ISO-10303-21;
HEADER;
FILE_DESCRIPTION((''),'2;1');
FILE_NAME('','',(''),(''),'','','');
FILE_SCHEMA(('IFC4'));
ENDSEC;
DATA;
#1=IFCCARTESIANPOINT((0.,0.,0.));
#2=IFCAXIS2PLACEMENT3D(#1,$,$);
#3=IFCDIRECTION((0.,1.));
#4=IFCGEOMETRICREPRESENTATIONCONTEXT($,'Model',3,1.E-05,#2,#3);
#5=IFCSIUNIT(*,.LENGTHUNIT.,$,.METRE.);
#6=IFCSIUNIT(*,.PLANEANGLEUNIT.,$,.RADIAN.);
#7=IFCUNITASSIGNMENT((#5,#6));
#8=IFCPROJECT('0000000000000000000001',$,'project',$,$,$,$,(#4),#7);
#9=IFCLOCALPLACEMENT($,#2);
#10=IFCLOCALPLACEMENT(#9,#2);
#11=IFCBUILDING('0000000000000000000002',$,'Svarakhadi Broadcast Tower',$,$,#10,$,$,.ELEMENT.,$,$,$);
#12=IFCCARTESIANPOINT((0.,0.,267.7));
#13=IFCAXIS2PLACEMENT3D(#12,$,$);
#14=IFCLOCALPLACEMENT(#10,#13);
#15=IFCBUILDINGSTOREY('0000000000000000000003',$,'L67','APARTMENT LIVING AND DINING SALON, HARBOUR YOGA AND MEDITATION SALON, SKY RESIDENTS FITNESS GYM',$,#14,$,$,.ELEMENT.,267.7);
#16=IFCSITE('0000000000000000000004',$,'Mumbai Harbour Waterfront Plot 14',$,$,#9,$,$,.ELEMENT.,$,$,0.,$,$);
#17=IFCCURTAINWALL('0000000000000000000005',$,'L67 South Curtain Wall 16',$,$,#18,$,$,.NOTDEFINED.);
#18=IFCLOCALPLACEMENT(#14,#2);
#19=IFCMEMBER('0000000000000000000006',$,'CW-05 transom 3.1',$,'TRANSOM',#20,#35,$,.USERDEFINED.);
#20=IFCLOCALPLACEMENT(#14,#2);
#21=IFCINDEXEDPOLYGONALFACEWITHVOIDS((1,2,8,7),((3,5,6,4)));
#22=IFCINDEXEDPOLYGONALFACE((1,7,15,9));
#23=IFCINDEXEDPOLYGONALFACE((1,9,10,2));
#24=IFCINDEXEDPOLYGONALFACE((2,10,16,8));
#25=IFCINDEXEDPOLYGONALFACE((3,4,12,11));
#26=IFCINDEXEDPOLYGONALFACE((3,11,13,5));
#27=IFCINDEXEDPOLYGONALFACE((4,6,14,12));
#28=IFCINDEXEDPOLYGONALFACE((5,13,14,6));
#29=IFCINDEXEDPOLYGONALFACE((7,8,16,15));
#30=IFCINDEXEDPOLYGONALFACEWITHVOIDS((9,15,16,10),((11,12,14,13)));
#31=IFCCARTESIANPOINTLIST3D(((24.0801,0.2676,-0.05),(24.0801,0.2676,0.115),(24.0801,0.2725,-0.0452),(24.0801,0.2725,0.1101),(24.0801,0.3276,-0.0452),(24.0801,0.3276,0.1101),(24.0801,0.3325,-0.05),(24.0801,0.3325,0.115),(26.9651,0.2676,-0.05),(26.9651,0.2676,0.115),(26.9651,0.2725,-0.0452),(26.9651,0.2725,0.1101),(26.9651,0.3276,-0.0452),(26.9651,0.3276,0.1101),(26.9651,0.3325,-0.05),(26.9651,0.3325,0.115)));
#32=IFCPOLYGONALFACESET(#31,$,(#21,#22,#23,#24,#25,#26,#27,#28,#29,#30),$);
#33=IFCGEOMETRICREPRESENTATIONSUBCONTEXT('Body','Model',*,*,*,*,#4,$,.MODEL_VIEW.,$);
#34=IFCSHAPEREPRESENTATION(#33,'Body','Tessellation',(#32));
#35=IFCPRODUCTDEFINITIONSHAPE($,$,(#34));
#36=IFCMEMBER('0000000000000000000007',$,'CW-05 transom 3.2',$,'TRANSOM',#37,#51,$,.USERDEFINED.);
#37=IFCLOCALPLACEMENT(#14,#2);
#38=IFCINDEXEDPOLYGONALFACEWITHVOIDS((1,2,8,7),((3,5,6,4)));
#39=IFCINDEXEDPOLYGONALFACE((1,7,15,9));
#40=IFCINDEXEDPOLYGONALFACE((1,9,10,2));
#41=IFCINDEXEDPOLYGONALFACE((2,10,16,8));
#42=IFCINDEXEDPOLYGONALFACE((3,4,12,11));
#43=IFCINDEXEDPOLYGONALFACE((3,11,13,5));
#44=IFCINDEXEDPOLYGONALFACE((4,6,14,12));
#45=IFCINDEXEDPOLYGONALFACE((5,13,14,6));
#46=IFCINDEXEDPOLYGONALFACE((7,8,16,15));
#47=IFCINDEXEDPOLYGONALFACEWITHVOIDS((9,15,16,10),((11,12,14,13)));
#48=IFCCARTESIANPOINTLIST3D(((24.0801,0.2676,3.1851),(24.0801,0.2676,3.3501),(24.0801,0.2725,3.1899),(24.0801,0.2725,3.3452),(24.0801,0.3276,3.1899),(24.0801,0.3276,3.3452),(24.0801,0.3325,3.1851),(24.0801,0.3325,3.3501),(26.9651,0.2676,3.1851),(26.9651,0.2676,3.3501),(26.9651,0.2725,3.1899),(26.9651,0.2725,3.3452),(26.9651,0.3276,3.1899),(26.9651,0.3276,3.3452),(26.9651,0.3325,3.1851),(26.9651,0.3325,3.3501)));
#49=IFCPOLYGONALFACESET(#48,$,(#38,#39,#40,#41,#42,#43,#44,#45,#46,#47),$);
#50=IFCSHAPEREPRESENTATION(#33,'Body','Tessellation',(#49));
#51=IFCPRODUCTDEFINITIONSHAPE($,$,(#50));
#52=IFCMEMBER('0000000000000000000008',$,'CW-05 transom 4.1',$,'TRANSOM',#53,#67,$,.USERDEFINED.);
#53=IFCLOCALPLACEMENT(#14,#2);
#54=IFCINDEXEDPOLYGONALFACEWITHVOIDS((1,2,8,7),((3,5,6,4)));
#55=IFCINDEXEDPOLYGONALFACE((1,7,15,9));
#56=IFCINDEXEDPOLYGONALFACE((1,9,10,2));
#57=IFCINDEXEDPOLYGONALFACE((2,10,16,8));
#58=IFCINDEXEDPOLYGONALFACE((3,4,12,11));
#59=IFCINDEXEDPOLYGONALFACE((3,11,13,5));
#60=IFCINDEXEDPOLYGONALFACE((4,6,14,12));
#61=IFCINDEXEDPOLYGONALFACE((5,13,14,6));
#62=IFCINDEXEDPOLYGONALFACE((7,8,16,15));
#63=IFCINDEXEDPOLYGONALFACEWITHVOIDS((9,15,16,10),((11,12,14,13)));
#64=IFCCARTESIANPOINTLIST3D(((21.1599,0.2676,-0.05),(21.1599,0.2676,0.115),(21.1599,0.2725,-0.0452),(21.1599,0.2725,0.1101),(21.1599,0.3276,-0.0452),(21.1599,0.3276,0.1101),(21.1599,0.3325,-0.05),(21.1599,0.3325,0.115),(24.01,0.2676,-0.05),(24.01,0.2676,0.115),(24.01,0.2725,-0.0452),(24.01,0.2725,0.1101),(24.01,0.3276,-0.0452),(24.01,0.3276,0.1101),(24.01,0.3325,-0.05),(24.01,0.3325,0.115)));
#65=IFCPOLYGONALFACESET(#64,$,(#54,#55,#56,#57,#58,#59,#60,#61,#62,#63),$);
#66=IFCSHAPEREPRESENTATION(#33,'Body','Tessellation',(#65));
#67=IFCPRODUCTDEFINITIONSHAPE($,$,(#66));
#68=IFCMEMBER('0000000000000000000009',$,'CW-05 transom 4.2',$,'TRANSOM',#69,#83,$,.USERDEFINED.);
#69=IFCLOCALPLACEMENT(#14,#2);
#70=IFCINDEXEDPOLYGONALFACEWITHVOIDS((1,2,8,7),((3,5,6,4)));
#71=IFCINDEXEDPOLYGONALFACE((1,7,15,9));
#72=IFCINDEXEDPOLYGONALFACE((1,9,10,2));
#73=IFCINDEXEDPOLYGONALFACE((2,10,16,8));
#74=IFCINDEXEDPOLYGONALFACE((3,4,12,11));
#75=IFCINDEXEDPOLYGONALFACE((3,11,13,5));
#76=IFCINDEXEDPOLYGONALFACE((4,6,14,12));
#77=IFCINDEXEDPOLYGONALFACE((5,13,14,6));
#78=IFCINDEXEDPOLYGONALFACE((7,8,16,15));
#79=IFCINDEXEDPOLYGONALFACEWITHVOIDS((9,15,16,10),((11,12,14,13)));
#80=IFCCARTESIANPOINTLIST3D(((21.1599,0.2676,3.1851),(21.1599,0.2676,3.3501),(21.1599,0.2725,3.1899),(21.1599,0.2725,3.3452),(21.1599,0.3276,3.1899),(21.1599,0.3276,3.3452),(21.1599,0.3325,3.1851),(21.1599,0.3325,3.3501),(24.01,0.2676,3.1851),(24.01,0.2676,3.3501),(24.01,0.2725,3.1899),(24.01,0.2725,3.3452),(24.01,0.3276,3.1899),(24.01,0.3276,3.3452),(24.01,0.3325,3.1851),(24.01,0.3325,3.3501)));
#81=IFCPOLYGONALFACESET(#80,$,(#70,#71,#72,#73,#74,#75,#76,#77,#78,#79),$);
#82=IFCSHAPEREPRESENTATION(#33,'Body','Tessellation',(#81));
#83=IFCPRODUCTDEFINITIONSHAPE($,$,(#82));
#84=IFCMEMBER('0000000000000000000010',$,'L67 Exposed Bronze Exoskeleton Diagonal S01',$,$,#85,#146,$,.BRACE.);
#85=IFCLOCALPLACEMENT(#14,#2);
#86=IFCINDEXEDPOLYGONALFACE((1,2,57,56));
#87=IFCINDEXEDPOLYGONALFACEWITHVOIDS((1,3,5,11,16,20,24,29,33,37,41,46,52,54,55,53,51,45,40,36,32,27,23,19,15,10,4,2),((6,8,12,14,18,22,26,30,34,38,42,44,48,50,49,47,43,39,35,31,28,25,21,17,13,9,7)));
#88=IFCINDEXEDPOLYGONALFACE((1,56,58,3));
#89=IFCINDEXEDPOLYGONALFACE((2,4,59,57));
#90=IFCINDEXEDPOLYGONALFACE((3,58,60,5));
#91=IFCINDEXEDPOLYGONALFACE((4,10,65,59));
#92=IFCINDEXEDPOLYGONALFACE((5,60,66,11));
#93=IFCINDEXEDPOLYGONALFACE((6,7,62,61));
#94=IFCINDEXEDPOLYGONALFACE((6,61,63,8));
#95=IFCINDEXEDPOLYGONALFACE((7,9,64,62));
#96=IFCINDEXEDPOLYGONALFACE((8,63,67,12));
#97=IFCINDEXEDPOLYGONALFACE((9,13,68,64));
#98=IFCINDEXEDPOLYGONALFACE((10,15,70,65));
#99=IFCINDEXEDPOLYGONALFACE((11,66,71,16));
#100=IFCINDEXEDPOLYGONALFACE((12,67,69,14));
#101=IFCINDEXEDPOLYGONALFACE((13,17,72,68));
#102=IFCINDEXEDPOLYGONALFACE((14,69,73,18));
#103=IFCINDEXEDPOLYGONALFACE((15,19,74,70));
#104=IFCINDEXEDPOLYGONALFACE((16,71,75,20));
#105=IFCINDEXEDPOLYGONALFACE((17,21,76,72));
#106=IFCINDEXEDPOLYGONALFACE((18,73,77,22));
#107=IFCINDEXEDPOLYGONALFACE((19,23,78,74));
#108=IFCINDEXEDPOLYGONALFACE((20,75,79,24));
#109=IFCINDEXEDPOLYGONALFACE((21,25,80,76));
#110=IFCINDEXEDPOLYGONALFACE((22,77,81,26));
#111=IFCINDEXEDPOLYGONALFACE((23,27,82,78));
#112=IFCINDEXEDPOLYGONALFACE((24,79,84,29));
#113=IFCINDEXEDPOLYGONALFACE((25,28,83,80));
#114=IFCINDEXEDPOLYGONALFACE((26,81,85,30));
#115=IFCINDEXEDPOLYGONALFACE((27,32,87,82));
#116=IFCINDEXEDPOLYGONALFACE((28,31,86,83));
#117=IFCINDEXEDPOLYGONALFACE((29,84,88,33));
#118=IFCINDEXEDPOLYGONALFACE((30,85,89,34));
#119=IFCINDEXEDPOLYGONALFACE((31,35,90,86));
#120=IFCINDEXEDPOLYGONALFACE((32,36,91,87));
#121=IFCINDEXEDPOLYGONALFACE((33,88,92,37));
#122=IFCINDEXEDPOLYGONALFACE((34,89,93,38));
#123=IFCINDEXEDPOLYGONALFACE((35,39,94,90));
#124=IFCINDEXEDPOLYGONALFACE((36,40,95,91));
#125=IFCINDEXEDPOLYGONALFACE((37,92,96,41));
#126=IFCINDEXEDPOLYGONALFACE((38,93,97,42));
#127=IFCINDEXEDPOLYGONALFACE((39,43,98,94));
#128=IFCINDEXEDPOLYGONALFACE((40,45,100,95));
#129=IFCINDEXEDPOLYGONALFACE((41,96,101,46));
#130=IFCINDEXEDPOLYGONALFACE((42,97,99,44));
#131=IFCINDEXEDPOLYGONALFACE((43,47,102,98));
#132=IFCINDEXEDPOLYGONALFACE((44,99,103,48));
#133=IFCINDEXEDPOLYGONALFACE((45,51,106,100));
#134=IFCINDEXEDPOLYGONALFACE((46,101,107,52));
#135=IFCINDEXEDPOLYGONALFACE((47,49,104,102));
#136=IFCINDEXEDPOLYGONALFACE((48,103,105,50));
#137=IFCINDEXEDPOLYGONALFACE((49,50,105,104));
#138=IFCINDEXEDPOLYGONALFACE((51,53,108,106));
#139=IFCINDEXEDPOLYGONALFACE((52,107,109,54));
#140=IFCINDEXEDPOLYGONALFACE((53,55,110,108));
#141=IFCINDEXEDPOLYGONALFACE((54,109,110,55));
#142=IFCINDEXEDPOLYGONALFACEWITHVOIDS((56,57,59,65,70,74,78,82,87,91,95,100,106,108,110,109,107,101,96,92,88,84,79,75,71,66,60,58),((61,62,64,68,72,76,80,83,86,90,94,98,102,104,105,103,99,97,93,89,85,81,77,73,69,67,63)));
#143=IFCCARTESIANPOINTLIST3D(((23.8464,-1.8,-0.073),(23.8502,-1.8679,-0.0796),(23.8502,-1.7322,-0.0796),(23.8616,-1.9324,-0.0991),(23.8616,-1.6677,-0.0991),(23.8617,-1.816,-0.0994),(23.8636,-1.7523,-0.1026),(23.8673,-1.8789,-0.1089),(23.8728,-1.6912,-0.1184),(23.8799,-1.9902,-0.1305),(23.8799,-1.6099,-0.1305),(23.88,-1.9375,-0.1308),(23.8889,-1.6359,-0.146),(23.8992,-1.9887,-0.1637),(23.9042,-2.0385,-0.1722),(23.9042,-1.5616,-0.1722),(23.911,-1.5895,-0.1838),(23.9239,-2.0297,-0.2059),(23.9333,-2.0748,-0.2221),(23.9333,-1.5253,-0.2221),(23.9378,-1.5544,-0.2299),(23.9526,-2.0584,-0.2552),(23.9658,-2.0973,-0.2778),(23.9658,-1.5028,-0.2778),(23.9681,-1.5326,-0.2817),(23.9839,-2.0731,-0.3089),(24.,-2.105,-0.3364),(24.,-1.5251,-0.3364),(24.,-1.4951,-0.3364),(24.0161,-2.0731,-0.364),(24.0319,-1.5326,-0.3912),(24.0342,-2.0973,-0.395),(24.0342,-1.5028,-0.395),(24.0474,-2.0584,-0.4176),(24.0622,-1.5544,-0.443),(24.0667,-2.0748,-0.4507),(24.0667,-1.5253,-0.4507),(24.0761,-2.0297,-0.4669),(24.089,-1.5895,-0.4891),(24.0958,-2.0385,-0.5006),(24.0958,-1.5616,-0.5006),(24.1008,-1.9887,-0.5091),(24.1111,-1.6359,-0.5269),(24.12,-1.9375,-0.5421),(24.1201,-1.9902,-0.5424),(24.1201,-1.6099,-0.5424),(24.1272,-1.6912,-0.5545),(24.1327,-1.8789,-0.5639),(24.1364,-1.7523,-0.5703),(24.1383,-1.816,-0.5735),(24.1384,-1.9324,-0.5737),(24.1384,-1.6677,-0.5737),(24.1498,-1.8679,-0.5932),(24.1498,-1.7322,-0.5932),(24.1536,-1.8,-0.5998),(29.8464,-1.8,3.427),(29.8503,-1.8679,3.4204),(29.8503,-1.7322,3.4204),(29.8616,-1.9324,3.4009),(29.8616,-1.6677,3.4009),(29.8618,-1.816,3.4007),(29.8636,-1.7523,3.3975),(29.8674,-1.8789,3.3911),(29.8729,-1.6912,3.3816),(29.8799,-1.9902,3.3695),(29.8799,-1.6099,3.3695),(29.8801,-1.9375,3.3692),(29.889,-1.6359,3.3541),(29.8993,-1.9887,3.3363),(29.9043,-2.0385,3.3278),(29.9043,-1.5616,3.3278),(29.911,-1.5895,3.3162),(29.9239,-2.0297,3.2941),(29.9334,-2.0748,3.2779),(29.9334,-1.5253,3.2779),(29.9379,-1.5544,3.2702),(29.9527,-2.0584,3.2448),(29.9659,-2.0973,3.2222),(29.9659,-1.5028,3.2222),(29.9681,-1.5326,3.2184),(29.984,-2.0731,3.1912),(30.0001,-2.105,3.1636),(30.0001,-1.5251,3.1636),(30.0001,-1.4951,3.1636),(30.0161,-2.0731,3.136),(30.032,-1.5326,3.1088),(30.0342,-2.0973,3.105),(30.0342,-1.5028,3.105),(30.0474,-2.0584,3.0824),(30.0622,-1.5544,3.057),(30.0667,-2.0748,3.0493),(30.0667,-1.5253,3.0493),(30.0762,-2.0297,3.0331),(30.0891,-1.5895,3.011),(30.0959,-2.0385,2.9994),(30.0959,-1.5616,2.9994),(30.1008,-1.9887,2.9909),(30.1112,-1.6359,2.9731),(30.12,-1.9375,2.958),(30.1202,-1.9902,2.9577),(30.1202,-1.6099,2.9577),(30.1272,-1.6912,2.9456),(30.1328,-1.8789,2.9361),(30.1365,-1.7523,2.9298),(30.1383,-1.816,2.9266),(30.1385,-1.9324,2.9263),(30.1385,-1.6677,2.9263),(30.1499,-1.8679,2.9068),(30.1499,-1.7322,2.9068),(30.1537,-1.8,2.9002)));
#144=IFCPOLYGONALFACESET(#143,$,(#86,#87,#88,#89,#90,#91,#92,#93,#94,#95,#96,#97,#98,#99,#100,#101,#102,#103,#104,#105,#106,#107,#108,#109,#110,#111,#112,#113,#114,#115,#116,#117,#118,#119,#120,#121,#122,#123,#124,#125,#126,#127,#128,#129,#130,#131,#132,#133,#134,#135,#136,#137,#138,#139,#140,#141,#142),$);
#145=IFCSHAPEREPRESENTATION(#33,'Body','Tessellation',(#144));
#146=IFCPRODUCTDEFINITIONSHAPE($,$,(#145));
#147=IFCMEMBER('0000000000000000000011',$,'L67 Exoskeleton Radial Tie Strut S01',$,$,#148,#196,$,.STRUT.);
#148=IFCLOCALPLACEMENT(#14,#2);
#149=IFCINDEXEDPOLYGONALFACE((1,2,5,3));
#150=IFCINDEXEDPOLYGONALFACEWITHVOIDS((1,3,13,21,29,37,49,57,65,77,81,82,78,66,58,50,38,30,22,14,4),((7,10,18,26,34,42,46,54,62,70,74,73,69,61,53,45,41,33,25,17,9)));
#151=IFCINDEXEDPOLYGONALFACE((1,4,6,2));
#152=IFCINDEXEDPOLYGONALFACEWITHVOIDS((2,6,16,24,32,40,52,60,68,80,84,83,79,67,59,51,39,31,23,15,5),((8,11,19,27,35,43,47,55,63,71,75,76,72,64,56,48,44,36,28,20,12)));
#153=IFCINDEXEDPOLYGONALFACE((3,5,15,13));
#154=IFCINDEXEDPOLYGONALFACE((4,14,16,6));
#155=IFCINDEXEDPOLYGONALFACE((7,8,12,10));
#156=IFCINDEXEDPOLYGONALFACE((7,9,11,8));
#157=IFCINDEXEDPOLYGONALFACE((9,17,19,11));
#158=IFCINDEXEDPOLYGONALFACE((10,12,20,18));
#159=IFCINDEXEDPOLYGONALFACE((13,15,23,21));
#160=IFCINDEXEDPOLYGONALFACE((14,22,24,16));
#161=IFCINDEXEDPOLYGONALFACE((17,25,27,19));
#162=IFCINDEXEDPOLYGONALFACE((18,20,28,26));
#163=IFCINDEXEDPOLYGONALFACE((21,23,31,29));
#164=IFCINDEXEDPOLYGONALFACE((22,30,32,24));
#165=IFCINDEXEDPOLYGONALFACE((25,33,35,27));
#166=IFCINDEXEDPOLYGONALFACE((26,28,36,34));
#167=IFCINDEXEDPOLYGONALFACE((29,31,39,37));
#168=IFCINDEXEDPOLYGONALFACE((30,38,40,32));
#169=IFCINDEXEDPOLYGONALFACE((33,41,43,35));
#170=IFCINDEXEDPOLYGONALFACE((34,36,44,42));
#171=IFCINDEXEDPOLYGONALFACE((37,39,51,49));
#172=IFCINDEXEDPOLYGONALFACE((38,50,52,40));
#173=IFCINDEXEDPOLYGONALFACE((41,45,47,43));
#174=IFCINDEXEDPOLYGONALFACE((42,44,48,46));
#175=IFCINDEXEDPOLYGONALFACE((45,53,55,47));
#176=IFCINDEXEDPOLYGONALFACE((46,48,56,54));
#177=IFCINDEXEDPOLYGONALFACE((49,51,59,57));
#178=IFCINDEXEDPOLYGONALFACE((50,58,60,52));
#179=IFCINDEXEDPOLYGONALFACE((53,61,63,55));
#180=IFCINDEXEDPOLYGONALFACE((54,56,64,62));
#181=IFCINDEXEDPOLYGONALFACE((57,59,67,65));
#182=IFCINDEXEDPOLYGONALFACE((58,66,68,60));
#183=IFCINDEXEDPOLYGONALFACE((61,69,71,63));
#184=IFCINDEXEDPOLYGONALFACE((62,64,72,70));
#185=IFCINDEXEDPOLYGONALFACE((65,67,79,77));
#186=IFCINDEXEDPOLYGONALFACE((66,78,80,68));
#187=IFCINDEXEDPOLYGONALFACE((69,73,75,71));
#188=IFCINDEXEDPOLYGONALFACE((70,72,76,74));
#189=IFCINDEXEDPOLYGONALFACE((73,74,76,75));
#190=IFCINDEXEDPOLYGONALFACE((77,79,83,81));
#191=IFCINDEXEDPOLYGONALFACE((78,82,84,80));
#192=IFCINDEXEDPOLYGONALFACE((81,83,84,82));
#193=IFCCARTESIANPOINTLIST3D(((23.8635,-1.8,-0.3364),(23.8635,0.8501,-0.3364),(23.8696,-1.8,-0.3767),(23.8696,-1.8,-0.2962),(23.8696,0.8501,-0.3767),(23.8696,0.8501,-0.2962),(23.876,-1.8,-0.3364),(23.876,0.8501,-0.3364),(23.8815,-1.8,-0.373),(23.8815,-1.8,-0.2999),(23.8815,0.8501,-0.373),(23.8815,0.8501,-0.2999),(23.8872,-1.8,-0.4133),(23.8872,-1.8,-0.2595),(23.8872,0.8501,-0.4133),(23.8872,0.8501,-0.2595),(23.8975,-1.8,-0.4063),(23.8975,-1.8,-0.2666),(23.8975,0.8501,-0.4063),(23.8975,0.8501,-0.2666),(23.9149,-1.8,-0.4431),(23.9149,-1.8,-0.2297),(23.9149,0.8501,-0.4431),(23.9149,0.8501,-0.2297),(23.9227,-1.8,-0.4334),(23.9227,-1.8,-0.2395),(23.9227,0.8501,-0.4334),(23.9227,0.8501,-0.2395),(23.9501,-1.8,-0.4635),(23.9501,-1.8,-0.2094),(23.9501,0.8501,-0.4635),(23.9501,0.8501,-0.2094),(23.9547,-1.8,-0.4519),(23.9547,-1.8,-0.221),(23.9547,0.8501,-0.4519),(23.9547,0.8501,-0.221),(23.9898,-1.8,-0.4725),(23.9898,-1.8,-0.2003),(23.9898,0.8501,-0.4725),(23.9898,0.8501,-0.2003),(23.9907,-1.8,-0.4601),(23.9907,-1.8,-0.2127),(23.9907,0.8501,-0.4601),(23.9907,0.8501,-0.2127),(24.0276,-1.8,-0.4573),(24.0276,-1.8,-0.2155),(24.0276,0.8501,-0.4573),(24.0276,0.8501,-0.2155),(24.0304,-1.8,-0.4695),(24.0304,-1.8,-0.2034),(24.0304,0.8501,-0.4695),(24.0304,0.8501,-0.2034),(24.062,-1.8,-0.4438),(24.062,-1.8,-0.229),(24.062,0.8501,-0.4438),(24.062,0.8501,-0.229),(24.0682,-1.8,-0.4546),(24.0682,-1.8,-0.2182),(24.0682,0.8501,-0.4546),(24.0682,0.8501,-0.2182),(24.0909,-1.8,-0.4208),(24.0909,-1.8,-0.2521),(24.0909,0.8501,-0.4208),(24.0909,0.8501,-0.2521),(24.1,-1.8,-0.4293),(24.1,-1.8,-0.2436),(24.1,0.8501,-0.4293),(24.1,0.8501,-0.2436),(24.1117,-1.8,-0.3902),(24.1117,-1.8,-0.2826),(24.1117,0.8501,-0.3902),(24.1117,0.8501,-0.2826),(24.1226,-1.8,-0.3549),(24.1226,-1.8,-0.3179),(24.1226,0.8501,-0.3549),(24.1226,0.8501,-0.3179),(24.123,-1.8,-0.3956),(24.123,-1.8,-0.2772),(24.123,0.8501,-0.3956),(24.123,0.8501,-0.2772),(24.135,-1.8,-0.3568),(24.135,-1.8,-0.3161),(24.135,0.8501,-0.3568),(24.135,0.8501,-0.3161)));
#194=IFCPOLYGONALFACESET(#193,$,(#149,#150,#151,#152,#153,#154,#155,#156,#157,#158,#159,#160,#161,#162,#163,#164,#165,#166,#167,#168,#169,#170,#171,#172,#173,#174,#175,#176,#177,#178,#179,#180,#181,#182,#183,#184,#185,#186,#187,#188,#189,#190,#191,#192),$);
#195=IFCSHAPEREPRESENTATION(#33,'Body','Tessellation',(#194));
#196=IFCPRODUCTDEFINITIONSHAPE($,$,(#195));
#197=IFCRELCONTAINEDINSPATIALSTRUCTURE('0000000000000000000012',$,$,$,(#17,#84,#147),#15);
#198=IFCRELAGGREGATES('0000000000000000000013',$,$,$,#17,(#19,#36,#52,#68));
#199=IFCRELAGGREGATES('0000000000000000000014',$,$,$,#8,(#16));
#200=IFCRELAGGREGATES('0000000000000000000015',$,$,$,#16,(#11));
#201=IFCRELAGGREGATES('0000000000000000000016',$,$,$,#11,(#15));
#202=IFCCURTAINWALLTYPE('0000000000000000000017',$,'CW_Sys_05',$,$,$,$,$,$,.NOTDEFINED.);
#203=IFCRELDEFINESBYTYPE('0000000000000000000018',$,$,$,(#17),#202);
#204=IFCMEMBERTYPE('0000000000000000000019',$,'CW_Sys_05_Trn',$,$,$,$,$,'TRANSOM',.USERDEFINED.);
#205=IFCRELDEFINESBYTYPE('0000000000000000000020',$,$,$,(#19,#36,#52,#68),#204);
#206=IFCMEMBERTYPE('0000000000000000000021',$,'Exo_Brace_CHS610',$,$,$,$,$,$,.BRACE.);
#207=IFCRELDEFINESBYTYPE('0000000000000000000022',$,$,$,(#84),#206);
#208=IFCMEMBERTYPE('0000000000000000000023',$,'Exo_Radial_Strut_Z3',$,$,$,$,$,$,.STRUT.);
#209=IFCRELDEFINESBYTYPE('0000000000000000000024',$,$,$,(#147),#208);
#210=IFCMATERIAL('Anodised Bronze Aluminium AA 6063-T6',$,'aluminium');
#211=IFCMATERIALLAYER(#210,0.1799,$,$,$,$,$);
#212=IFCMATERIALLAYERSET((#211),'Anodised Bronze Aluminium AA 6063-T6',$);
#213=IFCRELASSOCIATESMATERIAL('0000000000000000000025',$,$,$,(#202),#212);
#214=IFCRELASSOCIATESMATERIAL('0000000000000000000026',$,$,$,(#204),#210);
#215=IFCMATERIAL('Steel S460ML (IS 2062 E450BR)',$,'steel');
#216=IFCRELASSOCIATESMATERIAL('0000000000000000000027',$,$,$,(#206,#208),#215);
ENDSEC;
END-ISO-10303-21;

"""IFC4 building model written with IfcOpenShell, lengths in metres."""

from ifc_helpers import new_model, si_unit, direction, frame, origin, origin_2d, place, context, subcontext, project, spatial, hollow_rectangle, hollow_circle, extrude, material, layer, layer_set, material_profile, profile_set, type_object, element, aggregate, save


model = new_model("IFC4")

# Units and contexts
model_context = context("Model", 3, precision=1e-05, world=origin(), true_north=direction((0.0, 1.0)))
body_context = subcontext(model_context, "Body", "Model", "MODEL_VIEW")
ifc_project = project(units=[si_unit("LENGTHUNIT", "METRE"), si_unit("PLANEANGLEUNIT", "RADIAN")], contexts=[model_context])

# Site, building, storey
site_placement = place(None, origin())
site = spatial("IfcSite", under=ifc_project, at=site_placement, Name="Mumbai Harbour Waterfront Plot 14", CompositionType="ELEMENT", RefElevation=0.0)
building_placement = place(site_placement, origin())
building = spatial("IfcBuilding", under=site, at=building_placement, Name="Svarakhadi Broadcast Tower", CompositionType="ELEMENT")
storey_placement = place(building_placement, frame((0.0, 0.0, 267.7)))
storey = spatial("IfcBuildingStorey", under=building, at=storey_placement, Name="L67", Description="APARTMENT LIVING AND DINING SALON, HARBOUR YOGA AND MEDITATION SALON, SKY RESIDENTS FITNESS GYM", CompositionType="ELEMENT", Elevation=267.7)

# Shared definitions
ifc_material_1 = material(Name="Steel S460ML (IS 2062 E450BR)", Category="steel")

# Curtain wall, members
ifc_material_2 = material(Name="Anodised Bronze Aluminium AA 6063-T6", Category="aluminium")
ifc_layer_1 = layer(ifc_material_2, 0.1799)
ifc_layer_set_1 = layer_set([ifc_layer_1], Name="Anodised Bronze Aluminium AA 6063-T6")
curtain_wall_type = type_object("IfcCurtainWallType", Name="CW_Sys_05", PredefinedType="NOTDEFINED", material=ifc_layer_set_1)
curtain_wall_placement = place(storey_placement, origin())
curtain_wall = element("IfcCurtainWall", 1, at=curtain_wall_placement, inside=storey, type_object=curtain_wall_type, Name="L67 South Curtain Wall 16", PredefinedType="NOTDEFINED")
ifc_material_profile_1 = material_profile(ifc_material_2, hollow_rectangle(XDim=0.0649, YDim=0.165, WallThickness=0.0049, at=origin_2d()), Name="ALU TRANSOM 165x65x5")
ifc_profile_set_1 = profile_set([ifc_material_profile_1], Name="Anodised Bronze Aluminium AA 6063-T6")
member_type_1 = type_object("IfcMemberType", Name="CW_Sys_05_Trn", ElementType="TRANSOM", PredefinedType="USERDEFINED", material=ifc_profile_set_1)
member_1_placement = place(storey_placement, frame((26.9651, 0.3, 0.0325), z_axis=(-1.0, 0.0, 0.0), x_axis=(0.0, -1.0, 0.0)))
member_1 = element("IfcMember", 2, at=member_1_placement, type_object=member_type_1, Name="CW-05 transom 3.1", ObjectType="TRANSOM", PredefinedType="USERDEFINED", context=body_context, shape_type="SweptSolid", body=[
    extrude(hollow_rectangle(XDim=0.0649, YDim=0.165, WallThickness=0.0049, at=origin_2d()), origin(), (0.0, 0.0, 1.0), 2.885),
])
member_2_placement = place(storey_placement, frame((26.9651, 0.3, 3.2676), z_axis=(-1.0, 0.0, 0.0), x_axis=(0.0, -1.0, 0.0)))
member_2 = element("IfcMember", 3, at=member_2_placement, type_object=member_type_1, Name="CW-05 transom 3.2", ObjectType="TRANSOM", PredefinedType="USERDEFINED", context=body_context, shape_type="SweptSolid", body=[
    extrude(hollow_rectangle(XDim=0.0649, YDim=0.165, WallThickness=0.0049, at=origin_2d()), origin(), (0.0, 0.0, 1.0), 2.885),
])
member_3_placement = place(storey_placement, frame((24.01, 0.3, 0.0325), z_axis=(-1.0, 0.0, 0.0), x_axis=(0.0, -1.0, 0.0)))
member_3 = element("IfcMember", 4, at=member_3_placement, type_object=member_type_1, Name="CW-05 transom 4.1", ObjectType="TRANSOM", PredefinedType="USERDEFINED", context=body_context, shape_type="SweptSolid", body=[
    extrude(hollow_rectangle(XDim=0.0649, YDim=0.165, WallThickness=0.0049, at=origin_2d()), origin(), (0.0, 0.0, 1.0), 2.8501),
])
member_4_placement = place(storey_placement, frame((24.01, 0.3, 3.2676), z_axis=(-1.0, 0.0, 0.0), x_axis=(0.0, -1.0, 0.0)))
member_4 = element("IfcMember", 5, at=member_4_placement, type_object=member_type_1, Name="CW-05 transom 4.2", ObjectType="TRANSOM", PredefinedType="USERDEFINED", context=body_context, shape_type="SweptSolid", body=[
    extrude(hollow_rectangle(XDim=0.0649, YDim=0.165, WallThickness=0.0049, at=origin_2d()), origin(), (0.0, 0.0, 1.0), 2.8501),
])

# Members
ifc_material_profile_2 = material_profile(ifc_material_1, hollow_circle(Radius=0.3049, WallThickness=0.03, at=origin_2d()), Name="CHS 610x30")
ifc_profile_set_2 = profile_set([ifc_material_profile_2], Name="Steel S460ML (IS 2062 E450BR)")
member_type_2 = type_object("IfcMemberType", Name="Exo_Brace_CHS610", PredefinedType="BRACE", material=ifc_profile_set_2)
member_5_placement = place(storey_placement, frame((24.0, -1.8, -0.3364), z_axis=(0.863779, 0.0, 0.503871), x_axis=(0.0, 1.0, 0.0)))
element("IfcMember", 6, at=member_5_placement, inside=storey, type_object=member_type_2, Name="L67 Exposed Bronze Exoskeleton Diagonal S01", PredefinedType="BRACE", context=body_context, shape_type="SweptSolid", body=[
    extrude(hollow_circle(Radius=0.3049, WallThickness=0.03, at=origin_2d()), origin(), (0.0, 0.0, 1.0), 6.9463),
])
ifc_material_profile_3 = material_profile(ifc_material_1, hollow_circle(Radius=0.1365, WallThickness=0.0125, at=origin_2d()), Name="CHS 273x12.5")
ifc_profile_set_3 = profile_set([ifc_material_profile_3], Name="Steel S460ML (IS 2062 E450BR)")
member_type_3 = type_object("IfcMemberType", Name="Exo_Radial_Strut_Z3", PredefinedType="STRUT", material=ifc_profile_set_3)
member_6_placement = place(storey_placement, frame((24.0, -1.8, -0.3364), z_axis=(0.0, 1.0, 0.0), x_axis=(-1.0, 0.0, 0.0)))
element("IfcMember", 7, at=member_6_placement, inside=storey, type_object=member_type_3, Name="L67 Exoskeleton Radial Tie Strut S01", PredefinedType="STRUT", context=body_context, shape_type="SweptSolid", body=[
    extrude(hollow_circle(Radius=0.1365, WallThickness=0.0125, at=origin_2d()), origin(), (0.0, 0.0, 1.0), 2.6501),
])

aggregate(curtain_wall, [member_1, member_2, member_3, member_4])

save(model, "model.ifc")
